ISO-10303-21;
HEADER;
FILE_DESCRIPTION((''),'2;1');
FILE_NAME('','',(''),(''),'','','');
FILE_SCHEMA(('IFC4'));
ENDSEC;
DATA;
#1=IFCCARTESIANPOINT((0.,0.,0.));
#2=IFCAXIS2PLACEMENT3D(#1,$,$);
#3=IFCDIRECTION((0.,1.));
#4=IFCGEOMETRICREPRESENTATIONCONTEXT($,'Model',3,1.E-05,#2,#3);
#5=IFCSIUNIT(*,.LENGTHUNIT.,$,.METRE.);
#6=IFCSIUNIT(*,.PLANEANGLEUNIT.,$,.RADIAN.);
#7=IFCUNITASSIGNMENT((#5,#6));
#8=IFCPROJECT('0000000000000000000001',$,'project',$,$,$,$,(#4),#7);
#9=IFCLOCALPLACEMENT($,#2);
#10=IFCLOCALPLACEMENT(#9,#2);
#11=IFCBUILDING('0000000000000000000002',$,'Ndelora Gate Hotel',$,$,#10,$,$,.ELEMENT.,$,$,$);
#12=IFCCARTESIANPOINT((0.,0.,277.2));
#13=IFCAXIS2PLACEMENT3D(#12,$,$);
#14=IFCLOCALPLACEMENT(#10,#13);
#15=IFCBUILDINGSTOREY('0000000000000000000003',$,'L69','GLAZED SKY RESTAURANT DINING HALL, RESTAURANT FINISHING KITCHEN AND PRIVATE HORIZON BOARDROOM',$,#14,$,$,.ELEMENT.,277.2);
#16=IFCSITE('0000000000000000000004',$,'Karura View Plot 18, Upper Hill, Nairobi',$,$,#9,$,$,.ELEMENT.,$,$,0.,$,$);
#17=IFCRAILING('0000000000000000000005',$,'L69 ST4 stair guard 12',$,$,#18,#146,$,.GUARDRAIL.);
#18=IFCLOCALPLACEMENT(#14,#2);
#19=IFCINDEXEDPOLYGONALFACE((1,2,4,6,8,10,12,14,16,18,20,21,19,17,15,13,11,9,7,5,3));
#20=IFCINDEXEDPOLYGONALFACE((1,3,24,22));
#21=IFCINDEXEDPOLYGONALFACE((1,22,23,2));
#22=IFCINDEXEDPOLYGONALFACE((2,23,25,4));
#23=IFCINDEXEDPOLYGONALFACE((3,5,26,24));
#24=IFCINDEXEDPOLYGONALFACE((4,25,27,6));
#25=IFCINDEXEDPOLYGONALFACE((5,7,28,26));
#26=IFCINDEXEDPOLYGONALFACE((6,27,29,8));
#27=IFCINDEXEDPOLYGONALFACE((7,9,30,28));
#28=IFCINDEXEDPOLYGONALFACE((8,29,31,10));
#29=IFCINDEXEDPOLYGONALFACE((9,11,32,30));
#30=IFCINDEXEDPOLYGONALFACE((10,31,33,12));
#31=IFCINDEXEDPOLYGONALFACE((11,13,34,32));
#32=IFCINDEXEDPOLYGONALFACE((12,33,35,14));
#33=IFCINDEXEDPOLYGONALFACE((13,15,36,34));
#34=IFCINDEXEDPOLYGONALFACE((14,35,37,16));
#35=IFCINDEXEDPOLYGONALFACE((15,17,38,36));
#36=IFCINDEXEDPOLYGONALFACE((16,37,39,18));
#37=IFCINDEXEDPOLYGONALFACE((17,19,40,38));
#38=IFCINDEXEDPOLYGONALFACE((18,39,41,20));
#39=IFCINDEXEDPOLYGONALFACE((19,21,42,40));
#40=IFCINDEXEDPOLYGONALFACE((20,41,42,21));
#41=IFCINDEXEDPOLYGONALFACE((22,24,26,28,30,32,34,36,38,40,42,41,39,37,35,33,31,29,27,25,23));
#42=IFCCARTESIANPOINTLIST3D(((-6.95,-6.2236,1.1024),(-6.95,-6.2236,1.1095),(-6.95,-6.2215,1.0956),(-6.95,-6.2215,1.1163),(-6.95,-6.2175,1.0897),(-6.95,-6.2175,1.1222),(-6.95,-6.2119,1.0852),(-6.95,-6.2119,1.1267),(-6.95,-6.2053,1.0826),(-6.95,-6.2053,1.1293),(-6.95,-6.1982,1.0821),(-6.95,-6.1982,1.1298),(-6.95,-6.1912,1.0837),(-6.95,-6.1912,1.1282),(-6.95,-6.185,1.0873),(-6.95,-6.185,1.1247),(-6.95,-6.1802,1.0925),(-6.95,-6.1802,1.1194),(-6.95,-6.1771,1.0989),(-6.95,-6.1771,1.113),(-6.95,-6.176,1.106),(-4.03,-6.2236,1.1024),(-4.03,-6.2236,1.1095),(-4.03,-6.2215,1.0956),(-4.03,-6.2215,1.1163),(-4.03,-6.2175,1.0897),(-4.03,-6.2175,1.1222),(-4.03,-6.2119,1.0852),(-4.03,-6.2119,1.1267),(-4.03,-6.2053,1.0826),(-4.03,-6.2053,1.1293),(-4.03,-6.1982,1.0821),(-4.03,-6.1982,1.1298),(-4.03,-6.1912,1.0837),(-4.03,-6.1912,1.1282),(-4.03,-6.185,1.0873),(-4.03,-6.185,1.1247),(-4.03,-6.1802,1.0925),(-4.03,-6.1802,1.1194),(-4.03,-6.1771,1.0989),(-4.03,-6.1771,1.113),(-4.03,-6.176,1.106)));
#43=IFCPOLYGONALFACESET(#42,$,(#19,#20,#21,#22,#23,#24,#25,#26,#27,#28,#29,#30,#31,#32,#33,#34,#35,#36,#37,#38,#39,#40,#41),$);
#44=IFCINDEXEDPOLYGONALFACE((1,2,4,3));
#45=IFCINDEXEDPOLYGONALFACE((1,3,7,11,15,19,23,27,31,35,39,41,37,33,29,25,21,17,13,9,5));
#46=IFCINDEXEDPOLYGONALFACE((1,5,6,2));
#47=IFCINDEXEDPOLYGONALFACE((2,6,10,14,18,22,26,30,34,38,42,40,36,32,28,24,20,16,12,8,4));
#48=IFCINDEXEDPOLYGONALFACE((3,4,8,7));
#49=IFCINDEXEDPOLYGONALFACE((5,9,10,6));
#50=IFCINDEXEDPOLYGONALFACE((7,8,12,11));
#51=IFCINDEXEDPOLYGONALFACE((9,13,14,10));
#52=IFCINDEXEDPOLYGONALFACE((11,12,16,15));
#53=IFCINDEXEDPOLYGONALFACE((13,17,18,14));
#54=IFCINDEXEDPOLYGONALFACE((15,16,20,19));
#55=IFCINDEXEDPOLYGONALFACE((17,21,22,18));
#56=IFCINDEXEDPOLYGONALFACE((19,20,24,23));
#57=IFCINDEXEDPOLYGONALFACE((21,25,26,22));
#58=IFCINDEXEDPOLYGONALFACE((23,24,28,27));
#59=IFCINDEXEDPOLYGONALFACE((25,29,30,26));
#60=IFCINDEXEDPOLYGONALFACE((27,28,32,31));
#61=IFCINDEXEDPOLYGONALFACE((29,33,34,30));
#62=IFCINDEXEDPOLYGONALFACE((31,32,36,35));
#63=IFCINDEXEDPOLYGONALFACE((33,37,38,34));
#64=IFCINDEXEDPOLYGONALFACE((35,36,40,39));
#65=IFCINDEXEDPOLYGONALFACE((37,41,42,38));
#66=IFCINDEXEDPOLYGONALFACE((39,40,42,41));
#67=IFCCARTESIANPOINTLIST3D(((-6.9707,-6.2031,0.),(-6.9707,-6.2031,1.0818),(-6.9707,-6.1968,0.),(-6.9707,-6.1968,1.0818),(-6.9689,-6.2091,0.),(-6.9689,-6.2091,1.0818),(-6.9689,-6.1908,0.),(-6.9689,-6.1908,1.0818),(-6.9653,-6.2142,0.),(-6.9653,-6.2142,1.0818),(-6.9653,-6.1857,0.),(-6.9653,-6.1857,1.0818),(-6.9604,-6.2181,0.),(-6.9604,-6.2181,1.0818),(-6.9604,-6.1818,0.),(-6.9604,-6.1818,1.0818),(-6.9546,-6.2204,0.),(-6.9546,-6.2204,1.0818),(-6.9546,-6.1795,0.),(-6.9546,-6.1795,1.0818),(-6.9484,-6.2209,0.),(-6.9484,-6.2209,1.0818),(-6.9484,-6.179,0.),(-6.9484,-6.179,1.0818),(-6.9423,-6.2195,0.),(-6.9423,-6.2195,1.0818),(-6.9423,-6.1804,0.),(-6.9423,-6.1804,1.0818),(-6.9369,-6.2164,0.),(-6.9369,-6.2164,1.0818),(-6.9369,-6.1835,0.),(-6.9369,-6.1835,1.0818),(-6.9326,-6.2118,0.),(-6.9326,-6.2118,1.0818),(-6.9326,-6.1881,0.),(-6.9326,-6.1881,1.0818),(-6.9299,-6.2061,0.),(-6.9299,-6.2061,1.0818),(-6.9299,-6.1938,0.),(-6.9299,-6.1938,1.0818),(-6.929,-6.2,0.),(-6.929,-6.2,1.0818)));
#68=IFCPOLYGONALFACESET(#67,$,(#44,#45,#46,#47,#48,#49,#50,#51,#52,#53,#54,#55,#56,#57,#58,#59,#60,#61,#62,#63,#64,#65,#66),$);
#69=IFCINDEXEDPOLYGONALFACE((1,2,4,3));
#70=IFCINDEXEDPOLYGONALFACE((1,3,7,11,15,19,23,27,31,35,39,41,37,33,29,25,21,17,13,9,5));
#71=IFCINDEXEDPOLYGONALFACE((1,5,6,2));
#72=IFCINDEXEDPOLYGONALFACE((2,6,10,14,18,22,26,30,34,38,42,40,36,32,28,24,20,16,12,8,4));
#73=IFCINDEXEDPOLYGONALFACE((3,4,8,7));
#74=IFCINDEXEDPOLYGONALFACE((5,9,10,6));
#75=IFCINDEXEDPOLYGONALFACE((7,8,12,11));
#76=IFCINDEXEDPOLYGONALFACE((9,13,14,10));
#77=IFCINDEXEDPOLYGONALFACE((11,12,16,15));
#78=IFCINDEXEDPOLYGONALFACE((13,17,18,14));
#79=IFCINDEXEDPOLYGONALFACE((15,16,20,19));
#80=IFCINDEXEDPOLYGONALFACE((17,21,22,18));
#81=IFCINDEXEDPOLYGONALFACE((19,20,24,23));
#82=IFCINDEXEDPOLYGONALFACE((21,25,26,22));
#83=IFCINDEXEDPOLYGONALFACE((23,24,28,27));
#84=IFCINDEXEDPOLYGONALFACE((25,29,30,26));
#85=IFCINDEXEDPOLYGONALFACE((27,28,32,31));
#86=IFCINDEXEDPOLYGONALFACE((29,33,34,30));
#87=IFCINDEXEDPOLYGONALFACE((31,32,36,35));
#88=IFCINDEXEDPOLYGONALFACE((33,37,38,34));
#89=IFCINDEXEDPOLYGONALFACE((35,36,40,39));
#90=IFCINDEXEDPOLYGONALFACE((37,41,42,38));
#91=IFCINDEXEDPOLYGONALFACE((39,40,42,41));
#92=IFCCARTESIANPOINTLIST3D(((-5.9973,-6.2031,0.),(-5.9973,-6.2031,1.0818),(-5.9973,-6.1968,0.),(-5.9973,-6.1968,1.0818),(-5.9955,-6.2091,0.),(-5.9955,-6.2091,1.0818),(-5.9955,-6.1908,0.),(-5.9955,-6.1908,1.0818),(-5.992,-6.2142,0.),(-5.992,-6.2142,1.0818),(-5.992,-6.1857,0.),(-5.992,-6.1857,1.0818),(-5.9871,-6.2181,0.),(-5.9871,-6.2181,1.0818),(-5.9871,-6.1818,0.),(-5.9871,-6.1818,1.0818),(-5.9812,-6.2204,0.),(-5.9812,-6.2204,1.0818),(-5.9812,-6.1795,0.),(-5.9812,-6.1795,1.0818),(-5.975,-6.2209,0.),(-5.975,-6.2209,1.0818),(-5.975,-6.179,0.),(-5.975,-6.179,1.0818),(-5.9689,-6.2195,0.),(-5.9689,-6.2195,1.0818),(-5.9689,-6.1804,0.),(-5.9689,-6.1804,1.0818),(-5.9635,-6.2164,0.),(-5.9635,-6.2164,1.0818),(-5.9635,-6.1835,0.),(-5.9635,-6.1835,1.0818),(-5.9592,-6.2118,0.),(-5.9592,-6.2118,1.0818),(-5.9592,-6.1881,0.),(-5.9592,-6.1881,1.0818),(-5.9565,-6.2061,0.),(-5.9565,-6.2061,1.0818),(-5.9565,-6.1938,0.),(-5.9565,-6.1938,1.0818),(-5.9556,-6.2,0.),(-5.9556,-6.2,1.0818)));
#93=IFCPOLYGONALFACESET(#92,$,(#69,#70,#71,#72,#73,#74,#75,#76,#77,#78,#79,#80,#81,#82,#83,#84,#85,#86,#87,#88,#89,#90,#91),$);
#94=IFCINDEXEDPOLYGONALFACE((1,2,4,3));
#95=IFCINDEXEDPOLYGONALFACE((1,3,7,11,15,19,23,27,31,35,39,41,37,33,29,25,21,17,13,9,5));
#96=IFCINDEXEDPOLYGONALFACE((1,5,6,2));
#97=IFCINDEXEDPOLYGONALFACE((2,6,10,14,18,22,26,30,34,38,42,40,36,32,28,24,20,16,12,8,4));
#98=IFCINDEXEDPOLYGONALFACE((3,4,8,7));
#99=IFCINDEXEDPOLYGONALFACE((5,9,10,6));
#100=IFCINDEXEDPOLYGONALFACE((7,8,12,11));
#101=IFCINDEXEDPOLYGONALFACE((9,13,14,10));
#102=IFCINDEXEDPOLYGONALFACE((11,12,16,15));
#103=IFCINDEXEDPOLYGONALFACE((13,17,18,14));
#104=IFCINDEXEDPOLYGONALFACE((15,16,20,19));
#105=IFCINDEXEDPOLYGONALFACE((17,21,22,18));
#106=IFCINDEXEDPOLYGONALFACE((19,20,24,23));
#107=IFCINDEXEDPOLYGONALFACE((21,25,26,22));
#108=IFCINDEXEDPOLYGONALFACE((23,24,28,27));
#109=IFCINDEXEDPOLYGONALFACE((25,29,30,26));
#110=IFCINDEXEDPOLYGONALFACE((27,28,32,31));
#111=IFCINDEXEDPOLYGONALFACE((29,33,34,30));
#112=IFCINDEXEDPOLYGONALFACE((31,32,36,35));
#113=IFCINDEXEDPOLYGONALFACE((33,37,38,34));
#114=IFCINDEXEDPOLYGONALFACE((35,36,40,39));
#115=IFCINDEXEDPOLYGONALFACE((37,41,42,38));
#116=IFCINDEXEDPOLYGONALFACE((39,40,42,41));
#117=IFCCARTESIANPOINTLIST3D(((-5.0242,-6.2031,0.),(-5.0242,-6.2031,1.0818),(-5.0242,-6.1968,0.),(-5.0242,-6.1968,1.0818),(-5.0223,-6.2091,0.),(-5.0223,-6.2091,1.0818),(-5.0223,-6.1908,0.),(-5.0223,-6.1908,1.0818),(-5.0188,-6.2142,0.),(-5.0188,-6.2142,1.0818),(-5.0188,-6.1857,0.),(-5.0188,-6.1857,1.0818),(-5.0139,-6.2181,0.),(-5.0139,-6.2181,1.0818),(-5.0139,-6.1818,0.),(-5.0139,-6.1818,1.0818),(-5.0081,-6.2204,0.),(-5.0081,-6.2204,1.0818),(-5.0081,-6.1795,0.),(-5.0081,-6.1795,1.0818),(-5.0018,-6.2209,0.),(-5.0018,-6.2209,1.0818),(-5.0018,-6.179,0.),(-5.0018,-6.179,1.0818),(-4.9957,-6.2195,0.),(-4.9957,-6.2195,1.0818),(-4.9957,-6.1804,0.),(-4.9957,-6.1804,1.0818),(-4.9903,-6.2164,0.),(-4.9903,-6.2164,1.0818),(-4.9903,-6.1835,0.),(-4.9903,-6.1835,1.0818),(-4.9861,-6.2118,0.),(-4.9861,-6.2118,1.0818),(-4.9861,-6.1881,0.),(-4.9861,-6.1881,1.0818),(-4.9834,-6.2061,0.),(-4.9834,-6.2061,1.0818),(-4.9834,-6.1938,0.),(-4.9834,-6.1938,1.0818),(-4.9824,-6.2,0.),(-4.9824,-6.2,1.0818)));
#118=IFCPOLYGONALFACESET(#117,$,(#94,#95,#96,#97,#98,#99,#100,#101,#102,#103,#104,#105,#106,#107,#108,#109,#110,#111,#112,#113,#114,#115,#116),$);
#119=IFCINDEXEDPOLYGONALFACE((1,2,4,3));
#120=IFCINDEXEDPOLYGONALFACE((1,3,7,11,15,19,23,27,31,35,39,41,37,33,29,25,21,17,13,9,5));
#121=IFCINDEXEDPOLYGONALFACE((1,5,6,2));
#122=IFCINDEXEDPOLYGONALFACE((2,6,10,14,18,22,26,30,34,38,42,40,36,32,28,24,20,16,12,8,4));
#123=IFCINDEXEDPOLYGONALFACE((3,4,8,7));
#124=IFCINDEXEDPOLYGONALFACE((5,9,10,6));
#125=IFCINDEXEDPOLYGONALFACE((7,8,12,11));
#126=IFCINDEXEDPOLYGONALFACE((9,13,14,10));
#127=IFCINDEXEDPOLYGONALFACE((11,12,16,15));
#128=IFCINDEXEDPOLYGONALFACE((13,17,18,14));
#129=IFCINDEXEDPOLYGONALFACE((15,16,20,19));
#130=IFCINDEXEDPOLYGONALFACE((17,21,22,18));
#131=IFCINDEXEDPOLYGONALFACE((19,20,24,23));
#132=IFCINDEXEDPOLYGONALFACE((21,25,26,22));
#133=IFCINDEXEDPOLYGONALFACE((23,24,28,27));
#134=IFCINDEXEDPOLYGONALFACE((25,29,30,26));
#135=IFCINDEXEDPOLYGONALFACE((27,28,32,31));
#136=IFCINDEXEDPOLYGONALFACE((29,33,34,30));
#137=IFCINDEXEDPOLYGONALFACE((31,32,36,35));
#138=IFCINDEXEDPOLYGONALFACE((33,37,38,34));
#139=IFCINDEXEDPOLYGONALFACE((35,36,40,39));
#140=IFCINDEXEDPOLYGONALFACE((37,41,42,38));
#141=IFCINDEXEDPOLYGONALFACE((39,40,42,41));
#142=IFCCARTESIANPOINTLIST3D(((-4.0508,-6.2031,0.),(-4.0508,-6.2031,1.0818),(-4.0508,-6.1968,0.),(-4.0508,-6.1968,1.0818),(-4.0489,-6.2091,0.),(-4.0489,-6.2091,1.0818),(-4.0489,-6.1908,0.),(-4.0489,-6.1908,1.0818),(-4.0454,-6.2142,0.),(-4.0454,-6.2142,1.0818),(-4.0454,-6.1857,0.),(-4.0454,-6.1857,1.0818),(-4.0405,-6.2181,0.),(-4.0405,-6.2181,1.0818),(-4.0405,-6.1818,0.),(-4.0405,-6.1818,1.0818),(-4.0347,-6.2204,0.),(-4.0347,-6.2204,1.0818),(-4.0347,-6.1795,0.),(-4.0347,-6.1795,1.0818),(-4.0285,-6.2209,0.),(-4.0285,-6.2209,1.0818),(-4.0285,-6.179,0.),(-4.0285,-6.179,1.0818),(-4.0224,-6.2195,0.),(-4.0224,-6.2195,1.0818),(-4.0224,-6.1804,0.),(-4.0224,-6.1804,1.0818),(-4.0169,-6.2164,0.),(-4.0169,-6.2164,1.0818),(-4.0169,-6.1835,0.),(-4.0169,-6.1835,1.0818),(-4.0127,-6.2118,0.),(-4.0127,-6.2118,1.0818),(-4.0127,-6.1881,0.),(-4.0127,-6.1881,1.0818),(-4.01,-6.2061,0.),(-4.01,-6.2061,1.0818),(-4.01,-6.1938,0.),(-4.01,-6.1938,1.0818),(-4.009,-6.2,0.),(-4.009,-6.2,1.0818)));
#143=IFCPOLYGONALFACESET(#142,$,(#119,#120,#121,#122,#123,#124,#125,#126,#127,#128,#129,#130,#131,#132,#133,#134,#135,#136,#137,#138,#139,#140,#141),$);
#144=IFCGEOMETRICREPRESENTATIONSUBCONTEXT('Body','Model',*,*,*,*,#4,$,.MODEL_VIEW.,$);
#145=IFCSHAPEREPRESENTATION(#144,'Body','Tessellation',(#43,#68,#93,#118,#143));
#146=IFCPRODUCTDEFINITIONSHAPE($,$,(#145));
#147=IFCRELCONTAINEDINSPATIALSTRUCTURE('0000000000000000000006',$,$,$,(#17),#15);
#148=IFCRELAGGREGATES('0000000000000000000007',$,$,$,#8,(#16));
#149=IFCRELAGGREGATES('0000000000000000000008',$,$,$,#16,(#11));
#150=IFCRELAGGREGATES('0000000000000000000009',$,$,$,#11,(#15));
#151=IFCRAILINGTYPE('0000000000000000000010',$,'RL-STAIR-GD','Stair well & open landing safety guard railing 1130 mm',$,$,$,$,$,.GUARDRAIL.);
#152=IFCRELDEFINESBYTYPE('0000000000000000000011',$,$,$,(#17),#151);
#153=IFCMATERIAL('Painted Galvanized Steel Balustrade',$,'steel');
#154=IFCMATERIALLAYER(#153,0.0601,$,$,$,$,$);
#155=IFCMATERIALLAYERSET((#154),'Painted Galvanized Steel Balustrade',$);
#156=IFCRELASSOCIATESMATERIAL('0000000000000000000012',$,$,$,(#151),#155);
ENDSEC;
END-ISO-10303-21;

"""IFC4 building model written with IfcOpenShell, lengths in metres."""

from ifc_helpers import new_model, si_unit, direction, frame, origin, origin_2d, place, context, subcontext, project, spatial, circle, extrude, material, layer, layer_set, type_object, element, save


model = new_model("IFC4")

# Units and contexts
model_context = context("Model", 3, precision=1e-05, world=origin(), true_north=direction((0.0, 1.0)))
body_context = subcontext(model_context, "Body", "Model", "MODEL_VIEW")
ifc_project = project(units=[si_unit("LENGTHUNIT", "METRE"), si_unit("PLANEANGLEUNIT", "RADIAN")], contexts=[model_context])

# Site, building, storey
site_placement = place(None, origin())
site = spatial("IfcSite", under=ifc_project, at=site_placement, Name="Karura View Plot 18, Upper Hill, Nairobi", CompositionType="ELEMENT", RefElevation=0.0)
building_placement = place(site_placement, origin())
building = spatial("IfcBuilding", under=site, at=building_placement, Name="Ndelora Gate Hotel", CompositionType="ELEMENT")
storey_placement = place(building_placement, frame((0.0, 0.0, 277.2)))
storey = spatial("IfcBuildingStorey", under=building, at=storey_placement, Name="L69", Description="GLAZED SKY RESTAURANT DINING HALL, RESTAURANT FINISHING KITCHEN AND PRIVATE HORIZON BOARDROOM", CompositionType="ELEMENT", Elevation=277.2)

# Railing
ifc_material_1 = material(Name="Painted Galvanized Steel Balustrade", Category="steel")
ifc_layer_1 = layer(ifc_material_1, 0.0601)
ifc_layer_set_1 = layer_set([ifc_layer_1], Name="Painted Galvanized Steel Balustrade")
railing_type_1 = type_object("IfcRailingType", Name="RL-STAIR-GD", Description="Stair well & open landing safety guard railing 1130 mm", PredefinedType="GUARDRAIL", material=ifc_layer_set_1)
railing_1_placement = place(storey_placement, frame((-6.95, -6.2, 0.0)))
element("IfcRailing", 1, at=railing_1_placement, inside=storey, type_object=railing_type_1, Name="L69 ST4 stair guard 12", PredefinedType="GUARDRAIL", context=body_context, shape_type="SweptSolid", body=[
    extrude(circle(Radius=0.0239, at=origin_2d()), frame((0.0, 0.0, 1.106), z_axis=(1.0, 0.0, 0.0), x_axis=(0.0, 1.0, 0.0)), (0.0, 0.0, 1.0), 2.9199),
    extrude(circle(Radius=0.021, at=origin_2d()), origin(), (0.0, 0.0, 1.0), 1.0818),
    extrude(circle(Radius=0.021, at=origin_2d()), frame((0.9734, 0.0, 0.0)), (0.0, 0.0, 1.0), 1.0818),
    extrude(circle(Radius=0.021, at=origin_2d()), frame((1.9465, 0.0, 0.0)), (0.0, 0.0, 1.0), 1.0818),
    extrude(circle(Radius=0.021, at=origin_2d()), frame((2.9199, 0.0, 0.0)), (0.0, 0.0, 1.0), 1.0818),
])

save(model, "model.ifc")
